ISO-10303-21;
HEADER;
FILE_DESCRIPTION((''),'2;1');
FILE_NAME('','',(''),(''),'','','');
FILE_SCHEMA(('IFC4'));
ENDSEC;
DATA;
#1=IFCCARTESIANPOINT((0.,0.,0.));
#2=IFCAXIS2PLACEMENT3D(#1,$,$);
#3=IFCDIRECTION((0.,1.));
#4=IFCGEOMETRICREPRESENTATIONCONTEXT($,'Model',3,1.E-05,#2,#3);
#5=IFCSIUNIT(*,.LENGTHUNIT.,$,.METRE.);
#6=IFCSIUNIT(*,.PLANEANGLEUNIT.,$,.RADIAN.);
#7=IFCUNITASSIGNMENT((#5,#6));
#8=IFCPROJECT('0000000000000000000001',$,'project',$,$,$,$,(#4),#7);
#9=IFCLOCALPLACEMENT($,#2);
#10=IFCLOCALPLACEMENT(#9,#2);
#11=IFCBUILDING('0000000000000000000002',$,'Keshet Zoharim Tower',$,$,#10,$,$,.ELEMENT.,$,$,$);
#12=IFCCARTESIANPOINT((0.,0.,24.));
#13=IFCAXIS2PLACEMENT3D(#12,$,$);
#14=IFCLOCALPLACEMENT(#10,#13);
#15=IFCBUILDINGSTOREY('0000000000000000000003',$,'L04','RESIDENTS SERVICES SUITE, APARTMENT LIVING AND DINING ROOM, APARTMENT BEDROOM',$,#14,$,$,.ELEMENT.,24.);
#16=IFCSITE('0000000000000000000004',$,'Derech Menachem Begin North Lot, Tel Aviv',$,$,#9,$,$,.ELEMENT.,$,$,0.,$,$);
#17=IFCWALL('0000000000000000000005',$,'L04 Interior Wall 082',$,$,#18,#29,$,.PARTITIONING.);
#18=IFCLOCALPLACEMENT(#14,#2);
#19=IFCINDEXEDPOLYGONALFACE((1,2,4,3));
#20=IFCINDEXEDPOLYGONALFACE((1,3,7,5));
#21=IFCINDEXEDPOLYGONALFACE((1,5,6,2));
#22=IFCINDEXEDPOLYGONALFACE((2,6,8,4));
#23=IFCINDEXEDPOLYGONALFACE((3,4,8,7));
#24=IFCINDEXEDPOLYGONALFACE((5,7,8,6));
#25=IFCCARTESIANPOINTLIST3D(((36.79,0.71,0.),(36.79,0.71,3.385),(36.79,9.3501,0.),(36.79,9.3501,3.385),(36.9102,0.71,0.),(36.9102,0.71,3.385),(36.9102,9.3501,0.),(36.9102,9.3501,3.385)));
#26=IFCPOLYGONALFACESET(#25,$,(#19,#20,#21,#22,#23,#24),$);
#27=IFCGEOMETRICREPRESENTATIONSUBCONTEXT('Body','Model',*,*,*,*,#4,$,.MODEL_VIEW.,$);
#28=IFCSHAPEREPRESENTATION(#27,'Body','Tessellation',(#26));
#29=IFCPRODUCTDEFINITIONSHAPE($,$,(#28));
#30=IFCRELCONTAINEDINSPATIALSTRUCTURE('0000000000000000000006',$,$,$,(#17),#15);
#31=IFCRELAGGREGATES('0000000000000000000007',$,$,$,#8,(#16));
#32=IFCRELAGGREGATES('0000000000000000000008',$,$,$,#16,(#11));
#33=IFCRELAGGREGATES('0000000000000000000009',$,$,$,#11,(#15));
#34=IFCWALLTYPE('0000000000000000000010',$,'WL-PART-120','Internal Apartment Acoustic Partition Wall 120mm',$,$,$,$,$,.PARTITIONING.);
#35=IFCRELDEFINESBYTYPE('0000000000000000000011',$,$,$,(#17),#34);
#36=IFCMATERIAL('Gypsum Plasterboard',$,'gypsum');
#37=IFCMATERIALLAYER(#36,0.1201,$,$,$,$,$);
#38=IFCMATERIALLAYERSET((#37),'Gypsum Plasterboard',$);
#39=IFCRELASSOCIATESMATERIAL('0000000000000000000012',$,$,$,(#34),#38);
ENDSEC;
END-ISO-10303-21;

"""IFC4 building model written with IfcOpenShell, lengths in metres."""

from ifc_helpers import new_model, si_unit, direction, frame, frame_2d, origin, place, context, subcontext, project, spatial, rectangle, extrude, material, layer, layer_set, type_object, element, save


model = new_model("IFC4")

# Units and contexts
model_context = context("Model", 3, precision=1e-05, world=origin(), true_north=direction((0.0, 1.0)))
body_context = subcontext(model_context, "Body", "Model", "MODEL_VIEW")
ifc_project = project(units=[si_unit("LENGTHUNIT", "METRE"), si_unit("PLANEANGLEUNIT", "RADIAN")], contexts=[model_context])

# Site, building, storey
site_placement = place(None, origin())
site = spatial("IfcSite", under=ifc_project, at=site_placement, Name="Derech Menachem Begin North Lot, Tel Aviv", CompositionType="ELEMENT", RefElevation=0.0)
building_placement = place(site_placement, origin())
building = spatial("IfcBuilding", under=site, at=building_placement, Name="Keshet Zoharim Tower", CompositionType="ELEMENT")
storey_placement = place(building_placement, frame((0.0, 0.0, 24.0)))
storey = spatial("IfcBuildingStorey", under=building, at=storey_placement, Name="L04", Description="RESIDENTS SERVICES SUITE, APARTMENT LIVING AND DINING ROOM, APARTMENT BEDROOM", CompositionType="ELEMENT", Elevation=24.0)

# Wall
ifc_material_1 = material(Name="Gypsum Plasterboard", Category="gypsum")
ifc_layer_1 = layer(ifc_material_1, 0.1201)
ifc_layer_set_1 = layer_set([ifc_layer_1], Name="Gypsum Plasterboard")
wall_type = type_object("IfcWallType", Name="WL-PART-120", Description="Internal Apartment Acoustic Partition Wall 120mm", PredefinedType="PARTITIONING", material=ifc_layer_set_1)
for number, where, z_axis, x_axis, name in (
    (1, (36.8501, 0.71, 0.0), (0.0, 0.0, 1.0), (0.0, 1.0, 0.0), "L04 Interior Wall 082"),
):
    element("IfcWall", number, at=place(storey_placement, frame(where, z_axis=z_axis, x_axis=x_axis)), inside=storey, type_object=wall_type, Name=name, PredefinedType="PARTITIONING", context=body_context, shape_type="SweptSolid", body=[
        extrude(rectangle(XDim=8.6401, YDim=0.1201, at=frame_2d((4.3201, 0.0))), origin(), (0.0, 0.0, 1.0), 3.385),
    ])

save(model, "model.ifc")
